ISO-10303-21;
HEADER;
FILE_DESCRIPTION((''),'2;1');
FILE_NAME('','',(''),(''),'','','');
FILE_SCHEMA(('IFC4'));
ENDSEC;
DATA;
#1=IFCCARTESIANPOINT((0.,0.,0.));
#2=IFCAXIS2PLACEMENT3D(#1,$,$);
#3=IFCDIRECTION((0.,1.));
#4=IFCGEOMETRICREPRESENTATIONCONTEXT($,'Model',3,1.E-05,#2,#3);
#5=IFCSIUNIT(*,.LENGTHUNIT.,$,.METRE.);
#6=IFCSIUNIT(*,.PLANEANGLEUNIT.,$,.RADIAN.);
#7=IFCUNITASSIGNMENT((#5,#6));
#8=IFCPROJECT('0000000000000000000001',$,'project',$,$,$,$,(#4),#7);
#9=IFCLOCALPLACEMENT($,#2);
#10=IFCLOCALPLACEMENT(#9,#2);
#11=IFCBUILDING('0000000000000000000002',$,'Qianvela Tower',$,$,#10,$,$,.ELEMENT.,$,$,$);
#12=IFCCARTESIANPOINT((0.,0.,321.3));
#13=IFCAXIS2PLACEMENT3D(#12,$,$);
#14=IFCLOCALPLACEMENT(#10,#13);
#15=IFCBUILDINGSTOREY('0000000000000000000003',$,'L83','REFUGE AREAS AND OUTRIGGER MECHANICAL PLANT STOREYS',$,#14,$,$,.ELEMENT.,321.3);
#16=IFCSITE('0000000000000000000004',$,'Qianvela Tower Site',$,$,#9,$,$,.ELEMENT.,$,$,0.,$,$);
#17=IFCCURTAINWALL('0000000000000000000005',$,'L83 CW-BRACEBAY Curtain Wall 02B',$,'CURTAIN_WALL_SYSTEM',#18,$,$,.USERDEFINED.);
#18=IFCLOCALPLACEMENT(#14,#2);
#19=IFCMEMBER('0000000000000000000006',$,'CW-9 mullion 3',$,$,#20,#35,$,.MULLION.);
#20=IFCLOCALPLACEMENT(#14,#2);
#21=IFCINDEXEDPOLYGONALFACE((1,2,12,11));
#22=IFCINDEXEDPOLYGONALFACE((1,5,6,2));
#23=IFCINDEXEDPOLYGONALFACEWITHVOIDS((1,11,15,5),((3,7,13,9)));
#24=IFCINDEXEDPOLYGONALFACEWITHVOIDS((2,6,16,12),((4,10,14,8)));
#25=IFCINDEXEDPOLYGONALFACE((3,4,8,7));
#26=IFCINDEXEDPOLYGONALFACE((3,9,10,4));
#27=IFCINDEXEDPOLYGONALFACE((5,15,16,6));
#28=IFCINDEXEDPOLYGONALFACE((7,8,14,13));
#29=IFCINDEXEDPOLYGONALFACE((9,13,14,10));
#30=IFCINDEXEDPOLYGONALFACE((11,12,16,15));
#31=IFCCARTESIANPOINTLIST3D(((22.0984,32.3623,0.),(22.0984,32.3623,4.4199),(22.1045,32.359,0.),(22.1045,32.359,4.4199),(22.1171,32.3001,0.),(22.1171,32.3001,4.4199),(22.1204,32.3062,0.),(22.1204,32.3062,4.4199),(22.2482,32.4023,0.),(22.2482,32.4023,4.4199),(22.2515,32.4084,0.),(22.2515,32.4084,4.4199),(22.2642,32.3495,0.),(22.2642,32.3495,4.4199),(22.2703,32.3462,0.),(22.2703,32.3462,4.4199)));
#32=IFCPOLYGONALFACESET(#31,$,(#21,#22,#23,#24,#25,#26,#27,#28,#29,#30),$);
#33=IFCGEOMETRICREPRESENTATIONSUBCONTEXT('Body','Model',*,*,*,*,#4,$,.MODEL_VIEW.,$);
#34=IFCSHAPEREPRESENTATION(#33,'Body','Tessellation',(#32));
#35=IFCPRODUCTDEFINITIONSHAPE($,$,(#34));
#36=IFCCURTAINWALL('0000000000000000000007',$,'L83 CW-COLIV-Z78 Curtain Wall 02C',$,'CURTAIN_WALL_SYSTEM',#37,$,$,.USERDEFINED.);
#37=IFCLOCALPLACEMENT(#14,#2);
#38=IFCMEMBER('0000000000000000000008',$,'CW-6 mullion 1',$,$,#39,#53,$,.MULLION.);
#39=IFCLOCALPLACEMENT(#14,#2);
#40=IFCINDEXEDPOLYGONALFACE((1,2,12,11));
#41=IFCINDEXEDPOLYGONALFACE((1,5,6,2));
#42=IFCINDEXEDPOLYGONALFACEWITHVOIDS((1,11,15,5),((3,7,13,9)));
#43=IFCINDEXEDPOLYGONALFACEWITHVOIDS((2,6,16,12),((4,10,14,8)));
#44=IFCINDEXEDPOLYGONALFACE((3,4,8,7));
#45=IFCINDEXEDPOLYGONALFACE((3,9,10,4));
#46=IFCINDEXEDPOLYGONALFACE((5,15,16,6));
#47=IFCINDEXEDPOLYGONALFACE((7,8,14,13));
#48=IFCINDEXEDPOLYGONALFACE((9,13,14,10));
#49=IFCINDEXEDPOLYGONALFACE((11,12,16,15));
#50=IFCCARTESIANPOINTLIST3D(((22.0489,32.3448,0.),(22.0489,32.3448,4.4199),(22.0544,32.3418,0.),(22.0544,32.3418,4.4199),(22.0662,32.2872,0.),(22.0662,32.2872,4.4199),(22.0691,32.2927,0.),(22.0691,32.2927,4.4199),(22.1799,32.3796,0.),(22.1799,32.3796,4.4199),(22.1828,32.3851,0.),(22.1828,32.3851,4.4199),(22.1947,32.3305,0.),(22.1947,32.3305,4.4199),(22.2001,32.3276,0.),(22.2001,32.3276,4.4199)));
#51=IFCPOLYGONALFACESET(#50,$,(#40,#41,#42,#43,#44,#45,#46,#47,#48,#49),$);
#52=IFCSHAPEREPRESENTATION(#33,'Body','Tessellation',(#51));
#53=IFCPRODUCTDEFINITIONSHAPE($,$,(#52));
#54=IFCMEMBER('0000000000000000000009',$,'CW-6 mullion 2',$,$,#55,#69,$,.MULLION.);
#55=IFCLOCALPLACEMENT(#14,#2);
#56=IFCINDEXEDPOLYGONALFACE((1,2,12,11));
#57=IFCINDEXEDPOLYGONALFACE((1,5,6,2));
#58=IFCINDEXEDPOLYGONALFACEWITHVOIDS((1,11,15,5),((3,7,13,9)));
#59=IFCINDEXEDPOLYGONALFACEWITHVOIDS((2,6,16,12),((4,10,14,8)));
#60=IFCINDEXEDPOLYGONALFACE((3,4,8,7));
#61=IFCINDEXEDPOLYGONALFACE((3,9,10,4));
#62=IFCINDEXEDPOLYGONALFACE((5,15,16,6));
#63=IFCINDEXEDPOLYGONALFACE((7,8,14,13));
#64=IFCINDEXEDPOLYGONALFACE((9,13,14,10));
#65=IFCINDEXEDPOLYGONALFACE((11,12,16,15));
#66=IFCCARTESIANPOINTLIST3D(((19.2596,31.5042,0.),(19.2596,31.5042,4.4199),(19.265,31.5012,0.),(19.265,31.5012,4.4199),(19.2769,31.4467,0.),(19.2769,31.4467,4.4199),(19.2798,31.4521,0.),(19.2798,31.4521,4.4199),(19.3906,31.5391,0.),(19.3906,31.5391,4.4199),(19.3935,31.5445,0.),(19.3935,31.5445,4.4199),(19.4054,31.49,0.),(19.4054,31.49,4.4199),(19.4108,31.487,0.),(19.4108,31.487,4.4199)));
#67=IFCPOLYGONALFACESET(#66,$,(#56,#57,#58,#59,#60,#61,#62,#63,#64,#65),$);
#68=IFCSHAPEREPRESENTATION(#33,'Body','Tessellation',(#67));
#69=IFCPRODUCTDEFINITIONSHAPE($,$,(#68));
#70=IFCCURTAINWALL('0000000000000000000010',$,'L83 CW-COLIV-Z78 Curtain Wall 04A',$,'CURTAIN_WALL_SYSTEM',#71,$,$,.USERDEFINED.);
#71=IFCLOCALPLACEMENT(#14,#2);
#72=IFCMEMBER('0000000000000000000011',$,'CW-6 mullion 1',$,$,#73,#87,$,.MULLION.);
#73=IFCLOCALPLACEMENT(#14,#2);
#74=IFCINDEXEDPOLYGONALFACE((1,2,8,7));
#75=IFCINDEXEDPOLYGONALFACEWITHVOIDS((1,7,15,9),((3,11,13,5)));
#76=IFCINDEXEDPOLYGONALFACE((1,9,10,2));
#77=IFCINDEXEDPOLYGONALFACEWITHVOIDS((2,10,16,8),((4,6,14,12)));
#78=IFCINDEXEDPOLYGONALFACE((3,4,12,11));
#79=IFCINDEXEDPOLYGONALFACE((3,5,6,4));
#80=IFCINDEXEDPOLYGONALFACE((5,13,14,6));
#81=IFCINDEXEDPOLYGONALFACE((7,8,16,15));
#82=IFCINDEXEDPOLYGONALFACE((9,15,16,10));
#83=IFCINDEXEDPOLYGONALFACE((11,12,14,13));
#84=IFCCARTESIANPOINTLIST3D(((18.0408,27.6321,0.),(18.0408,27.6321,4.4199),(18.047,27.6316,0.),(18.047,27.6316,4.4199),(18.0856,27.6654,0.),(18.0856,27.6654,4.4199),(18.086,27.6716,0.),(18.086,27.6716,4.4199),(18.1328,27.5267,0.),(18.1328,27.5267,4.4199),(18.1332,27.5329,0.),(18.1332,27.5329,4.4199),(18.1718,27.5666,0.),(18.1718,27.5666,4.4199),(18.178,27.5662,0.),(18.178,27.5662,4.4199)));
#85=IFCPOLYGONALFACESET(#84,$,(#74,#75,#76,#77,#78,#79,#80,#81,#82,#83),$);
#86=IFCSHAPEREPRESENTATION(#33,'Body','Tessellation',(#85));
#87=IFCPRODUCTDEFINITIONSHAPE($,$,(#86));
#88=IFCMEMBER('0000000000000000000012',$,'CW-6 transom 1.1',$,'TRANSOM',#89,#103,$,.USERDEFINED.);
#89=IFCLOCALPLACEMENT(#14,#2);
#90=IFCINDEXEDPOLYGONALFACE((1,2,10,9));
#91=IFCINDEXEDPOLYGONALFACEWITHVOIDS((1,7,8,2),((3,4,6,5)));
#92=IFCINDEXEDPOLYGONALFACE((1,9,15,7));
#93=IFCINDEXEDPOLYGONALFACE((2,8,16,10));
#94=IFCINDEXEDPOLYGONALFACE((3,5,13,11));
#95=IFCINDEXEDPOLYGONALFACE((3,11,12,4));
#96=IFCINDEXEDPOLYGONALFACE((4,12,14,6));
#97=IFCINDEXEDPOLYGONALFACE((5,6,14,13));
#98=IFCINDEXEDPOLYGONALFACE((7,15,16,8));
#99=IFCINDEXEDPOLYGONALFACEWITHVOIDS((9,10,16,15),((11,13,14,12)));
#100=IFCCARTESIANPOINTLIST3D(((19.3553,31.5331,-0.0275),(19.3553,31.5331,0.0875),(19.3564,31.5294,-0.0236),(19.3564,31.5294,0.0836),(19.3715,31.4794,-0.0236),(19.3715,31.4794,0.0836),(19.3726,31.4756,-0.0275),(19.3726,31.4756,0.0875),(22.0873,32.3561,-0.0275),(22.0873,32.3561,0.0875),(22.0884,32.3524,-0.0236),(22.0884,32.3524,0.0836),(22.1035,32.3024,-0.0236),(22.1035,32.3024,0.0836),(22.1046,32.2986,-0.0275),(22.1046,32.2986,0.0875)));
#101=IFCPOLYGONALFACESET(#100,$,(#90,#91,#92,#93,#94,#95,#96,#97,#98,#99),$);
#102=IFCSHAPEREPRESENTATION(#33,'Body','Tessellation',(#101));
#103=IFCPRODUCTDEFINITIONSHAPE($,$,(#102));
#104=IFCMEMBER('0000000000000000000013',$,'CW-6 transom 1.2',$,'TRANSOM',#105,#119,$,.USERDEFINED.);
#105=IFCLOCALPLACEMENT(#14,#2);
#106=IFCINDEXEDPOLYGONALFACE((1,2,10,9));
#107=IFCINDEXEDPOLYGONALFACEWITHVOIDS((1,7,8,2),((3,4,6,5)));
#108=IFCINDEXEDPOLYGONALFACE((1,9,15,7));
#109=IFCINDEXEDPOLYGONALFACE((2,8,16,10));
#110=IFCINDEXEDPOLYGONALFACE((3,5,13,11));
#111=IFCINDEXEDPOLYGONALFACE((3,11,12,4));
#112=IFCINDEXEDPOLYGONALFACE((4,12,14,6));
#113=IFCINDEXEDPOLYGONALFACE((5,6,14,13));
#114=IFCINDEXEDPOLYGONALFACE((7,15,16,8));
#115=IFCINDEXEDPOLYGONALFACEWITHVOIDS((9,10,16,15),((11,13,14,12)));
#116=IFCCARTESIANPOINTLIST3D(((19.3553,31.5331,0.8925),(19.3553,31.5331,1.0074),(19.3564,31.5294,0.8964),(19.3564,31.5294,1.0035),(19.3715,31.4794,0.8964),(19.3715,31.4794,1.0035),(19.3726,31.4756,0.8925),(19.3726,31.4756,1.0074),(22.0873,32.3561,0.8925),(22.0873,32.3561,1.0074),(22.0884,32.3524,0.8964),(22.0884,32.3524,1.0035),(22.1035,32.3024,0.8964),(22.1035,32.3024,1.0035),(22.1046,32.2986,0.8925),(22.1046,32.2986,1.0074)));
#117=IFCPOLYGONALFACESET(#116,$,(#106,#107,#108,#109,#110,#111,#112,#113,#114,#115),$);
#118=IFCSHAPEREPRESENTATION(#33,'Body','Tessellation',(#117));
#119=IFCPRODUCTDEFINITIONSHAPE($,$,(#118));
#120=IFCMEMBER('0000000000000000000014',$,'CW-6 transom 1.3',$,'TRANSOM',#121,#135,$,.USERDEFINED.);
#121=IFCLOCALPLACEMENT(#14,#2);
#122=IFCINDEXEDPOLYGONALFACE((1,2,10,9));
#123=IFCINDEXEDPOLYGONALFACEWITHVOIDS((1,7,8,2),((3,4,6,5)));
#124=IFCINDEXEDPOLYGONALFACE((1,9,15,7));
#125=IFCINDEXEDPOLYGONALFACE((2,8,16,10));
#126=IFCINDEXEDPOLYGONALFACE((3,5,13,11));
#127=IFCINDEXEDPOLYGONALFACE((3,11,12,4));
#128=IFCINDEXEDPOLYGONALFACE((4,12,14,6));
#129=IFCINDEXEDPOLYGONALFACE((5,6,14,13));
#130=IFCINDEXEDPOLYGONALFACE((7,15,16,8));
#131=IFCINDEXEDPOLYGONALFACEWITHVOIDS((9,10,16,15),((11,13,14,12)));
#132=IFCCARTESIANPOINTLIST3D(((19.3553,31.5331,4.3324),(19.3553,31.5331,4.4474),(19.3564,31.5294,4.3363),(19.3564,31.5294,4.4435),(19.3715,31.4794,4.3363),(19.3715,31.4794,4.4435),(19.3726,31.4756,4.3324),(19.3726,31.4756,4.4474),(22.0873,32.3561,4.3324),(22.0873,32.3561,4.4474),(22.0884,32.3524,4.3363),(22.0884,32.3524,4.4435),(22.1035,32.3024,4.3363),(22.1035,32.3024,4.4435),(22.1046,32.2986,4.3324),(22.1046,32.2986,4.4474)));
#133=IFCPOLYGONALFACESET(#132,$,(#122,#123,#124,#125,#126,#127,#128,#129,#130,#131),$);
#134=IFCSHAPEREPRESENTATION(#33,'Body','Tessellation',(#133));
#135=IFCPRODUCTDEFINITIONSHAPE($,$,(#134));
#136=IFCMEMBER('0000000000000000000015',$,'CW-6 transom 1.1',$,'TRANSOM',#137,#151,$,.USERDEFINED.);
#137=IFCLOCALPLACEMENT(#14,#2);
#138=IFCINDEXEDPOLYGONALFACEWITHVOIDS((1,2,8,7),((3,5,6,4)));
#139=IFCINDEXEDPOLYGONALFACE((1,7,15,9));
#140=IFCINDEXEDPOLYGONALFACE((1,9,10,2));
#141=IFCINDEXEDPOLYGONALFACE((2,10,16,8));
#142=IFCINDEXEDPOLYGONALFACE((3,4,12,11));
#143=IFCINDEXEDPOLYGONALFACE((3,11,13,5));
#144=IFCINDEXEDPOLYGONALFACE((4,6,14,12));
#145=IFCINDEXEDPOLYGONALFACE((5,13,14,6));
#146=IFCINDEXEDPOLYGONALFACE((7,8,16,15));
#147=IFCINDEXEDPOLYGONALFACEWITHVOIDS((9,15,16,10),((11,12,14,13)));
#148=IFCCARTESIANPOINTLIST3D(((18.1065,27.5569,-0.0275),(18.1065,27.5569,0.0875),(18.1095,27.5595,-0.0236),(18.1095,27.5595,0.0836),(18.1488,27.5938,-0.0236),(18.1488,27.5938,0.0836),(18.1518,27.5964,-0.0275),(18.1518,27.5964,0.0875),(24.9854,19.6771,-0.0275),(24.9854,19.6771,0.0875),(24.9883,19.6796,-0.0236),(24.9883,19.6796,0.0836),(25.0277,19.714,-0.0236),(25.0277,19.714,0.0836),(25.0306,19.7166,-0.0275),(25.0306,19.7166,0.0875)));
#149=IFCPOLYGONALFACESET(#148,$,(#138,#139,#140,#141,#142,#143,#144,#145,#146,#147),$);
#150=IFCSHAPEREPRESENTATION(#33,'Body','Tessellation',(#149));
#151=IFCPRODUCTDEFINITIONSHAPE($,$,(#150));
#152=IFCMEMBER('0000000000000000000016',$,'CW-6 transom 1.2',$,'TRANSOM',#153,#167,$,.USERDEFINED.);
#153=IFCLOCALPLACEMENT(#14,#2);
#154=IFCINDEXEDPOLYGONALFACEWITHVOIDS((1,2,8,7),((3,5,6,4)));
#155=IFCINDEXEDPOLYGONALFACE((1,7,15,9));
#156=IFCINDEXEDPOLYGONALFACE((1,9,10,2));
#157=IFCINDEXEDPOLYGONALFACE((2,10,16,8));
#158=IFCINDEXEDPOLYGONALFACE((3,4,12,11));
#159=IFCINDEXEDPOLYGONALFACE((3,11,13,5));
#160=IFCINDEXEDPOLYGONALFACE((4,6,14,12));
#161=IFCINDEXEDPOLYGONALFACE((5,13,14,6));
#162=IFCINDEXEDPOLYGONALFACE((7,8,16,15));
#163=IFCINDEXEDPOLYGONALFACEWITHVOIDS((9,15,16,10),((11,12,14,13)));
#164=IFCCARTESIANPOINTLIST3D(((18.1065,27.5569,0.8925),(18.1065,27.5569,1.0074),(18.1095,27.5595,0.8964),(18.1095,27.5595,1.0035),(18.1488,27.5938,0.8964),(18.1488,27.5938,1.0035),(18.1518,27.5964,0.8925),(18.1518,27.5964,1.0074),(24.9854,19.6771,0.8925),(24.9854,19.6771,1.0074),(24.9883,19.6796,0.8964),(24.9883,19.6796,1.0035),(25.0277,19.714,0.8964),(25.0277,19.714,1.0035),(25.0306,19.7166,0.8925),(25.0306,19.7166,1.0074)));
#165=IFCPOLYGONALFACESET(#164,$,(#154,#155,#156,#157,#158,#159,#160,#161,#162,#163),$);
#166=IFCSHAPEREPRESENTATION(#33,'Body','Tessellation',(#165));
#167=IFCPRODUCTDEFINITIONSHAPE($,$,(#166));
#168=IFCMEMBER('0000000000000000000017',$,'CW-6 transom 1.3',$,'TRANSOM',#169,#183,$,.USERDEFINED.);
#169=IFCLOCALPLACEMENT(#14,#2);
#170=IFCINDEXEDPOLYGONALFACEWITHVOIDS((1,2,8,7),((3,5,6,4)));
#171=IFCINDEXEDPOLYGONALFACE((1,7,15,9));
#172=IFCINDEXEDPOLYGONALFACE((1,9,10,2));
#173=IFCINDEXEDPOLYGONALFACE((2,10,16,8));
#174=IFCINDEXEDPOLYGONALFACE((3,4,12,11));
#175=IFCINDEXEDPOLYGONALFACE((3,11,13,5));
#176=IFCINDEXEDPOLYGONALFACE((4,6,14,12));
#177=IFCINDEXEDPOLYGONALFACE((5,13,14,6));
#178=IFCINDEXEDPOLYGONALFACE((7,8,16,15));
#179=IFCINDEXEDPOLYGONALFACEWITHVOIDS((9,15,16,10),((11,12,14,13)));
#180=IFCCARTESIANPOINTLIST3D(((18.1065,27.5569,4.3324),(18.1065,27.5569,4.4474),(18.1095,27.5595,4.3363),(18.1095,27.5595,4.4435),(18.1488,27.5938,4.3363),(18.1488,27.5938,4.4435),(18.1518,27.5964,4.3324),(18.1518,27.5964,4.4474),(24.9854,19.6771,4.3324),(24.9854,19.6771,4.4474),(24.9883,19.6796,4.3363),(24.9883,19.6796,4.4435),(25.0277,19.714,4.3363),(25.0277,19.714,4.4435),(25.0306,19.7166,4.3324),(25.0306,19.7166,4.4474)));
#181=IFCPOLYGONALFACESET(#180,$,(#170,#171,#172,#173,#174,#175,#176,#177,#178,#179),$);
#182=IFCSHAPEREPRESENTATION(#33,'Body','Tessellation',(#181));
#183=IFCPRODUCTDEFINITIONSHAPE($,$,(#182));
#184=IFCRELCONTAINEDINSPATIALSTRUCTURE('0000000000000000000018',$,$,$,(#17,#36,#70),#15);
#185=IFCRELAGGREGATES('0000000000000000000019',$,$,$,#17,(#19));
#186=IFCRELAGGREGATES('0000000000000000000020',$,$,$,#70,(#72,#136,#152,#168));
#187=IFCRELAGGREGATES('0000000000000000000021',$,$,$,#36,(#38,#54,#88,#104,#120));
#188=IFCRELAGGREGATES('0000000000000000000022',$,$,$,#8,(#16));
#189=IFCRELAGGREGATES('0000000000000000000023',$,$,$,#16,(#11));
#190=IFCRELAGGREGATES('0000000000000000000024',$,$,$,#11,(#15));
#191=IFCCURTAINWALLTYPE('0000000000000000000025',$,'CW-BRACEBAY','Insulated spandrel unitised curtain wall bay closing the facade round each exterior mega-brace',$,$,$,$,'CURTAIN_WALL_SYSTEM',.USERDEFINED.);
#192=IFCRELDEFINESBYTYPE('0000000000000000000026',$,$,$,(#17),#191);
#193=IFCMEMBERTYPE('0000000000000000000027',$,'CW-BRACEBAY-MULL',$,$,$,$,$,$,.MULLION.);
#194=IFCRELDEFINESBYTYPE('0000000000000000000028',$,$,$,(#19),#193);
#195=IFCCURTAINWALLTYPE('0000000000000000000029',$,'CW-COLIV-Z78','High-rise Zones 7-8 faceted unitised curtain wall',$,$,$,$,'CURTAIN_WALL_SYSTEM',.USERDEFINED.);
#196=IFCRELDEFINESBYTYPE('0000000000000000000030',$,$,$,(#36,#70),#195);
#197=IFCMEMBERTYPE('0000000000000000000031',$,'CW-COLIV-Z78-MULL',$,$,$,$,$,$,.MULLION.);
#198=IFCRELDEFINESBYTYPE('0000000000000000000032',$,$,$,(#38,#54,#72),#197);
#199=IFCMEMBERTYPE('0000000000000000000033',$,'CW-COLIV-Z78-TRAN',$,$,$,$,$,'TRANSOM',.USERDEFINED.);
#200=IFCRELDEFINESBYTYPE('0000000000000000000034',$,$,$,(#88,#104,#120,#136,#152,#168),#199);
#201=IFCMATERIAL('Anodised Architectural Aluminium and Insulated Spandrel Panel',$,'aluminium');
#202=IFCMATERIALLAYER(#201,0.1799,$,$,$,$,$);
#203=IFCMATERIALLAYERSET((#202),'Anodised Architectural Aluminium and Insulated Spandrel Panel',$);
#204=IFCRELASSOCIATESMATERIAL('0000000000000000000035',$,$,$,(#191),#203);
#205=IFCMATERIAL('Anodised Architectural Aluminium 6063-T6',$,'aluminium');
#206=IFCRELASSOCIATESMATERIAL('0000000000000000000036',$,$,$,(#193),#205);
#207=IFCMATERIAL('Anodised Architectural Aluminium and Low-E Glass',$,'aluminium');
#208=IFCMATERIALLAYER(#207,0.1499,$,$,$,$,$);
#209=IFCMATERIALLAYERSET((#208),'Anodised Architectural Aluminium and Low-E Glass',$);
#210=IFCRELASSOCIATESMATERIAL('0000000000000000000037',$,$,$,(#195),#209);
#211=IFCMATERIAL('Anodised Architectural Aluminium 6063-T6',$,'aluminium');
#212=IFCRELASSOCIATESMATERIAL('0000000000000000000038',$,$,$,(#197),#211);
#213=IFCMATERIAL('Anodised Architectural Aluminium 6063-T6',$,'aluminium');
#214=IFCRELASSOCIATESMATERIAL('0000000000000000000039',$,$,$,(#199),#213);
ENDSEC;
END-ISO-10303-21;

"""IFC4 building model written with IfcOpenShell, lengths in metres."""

from ifc_helpers import new_model, si_unit, direction, frame, origin, origin_2d, place, context, subcontext, project, spatial, hollow_rectangle, extrude, material, layer, layer_set, material_profile, profile_set, type_object, element, aggregate, save


model = new_model("IFC4")

# Units and contexts
model_context = context("Model", 3, precision=1e-05, world=origin(), true_north=direction((0.0, 1.0)))
body_context = subcontext(model_context, "Body", "Model", "MODEL_VIEW")
ifc_project = project(units=[si_unit("LENGTHUNIT", "METRE"), si_unit("PLANEANGLEUNIT", "RADIAN")], contexts=[model_context])

# Site, building, storey
site_placement = place(None, origin())
site = spatial("IfcSite", under=ifc_project, at=site_placement, Name="Qianvela Tower Site", CompositionType="ELEMENT", RefElevation=0.0)
building_placement = place(site_placement, origin())
building = spatial("IfcBuilding", under=site, at=building_placement, Name="Qianvela Tower", CompositionType="ELEMENT")
storey_placement = place(building_placement, frame((0.0, 0.0, 321.3)))
storey = spatial("IfcBuildingStorey", under=building, at=storey_placement, Name="L83", Description="REFUGE AREAS AND OUTRIGGER MECHANICAL PLANT STOREYS", CompositionType="ELEMENT", Elevation=321.3)

# Curtain wall, member
ifc_material_1 = material(Name="Anodised Architectural Aluminium and Insulated Spandrel Panel", Category="aluminium")
ifc_layer_1 = layer(ifc_material_1, 0.1799)
ifc_layer_set_1 = layer_set([ifc_layer_1], Name="Anodised Architectural Aluminium and Insulated Spandrel Panel")
curtain_wall_type_1 = type_object("IfcCurtainWallType", Name="CW-BRACEBAY", Description="Insulated spandrel unitised curtain wall bay closing the facade round each exterior mega-brace", ElementType="CURTAIN_WALL_SYSTEM", PredefinedType="USERDEFINED", material=ifc_layer_set_1)
curtain_wall_1_placement = place(storey_placement, origin())
curtain_wall_1 = element("IfcCurtainWall", 1, at=curtain_wall_1_placement, inside=storey, type_object=curtain_wall_type_1, Name="L83 CW-BRACEBAY Curtain Wall 02B", ObjectType="CURTAIN_WALL_SYSTEM", PredefinedType="USERDEFINED")
ifc_material_2 = material(Name="Anodised Architectural Aluminium 6063-T6", Category="aluminium")
ifc_material_profile_1 = material_profile(ifc_material_2, hollow_rectangle(XDim=0.0649, YDim=0.1599, WallThickness=0.0049, at=origin_2d()), Name="ALU-MULL-65x160")
ifc_profile_set_1 = profile_set([ifc_material_profile_1], Name="Anodised Architectural Aluminium 6063-T6")
member_type_1 = type_object("IfcMemberType", Name="CW-BRACEBAY-MULL", PredefinedType="MULLION", material=ifc_profile_set_1)
member_1_placement = place(storey_placement, frame((22.1843, 32.3542, 0.0), z_axis=(0.0, 0.0, 1.0), x_axis=(0.288477, -0.957487, 0.0)))
member_1 = element("IfcMember", 2, at=member_1_placement, type_object=member_type_1, Name="CW-9 mullion 3", PredefinedType="MULLION", context=body_context, shape_type="SweptSolid", body=[
    extrude(hollow_rectangle(XDim=0.0649, YDim=0.1599, WallThickness=0.0049, at=origin_2d()), origin(), (0.0, 0.0, 1.0), 4.4199),
])
aggregate(curtain_wall_1, [member_1])

# Curtain wall, members
ifc_material_3 = material(Name="Anodised Architectural Aluminium and Low-E Glass", Category="aluminium")
ifc_layer_2 = layer(ifc_material_3, 0.1499)
ifc_layer_set_2 = layer_set([ifc_layer_2], Name="Anodised Architectural Aluminium and Low-E Glass")
curtain_wall_type_2 = type_object("IfcCurtainWallType", Name="CW-COLIV-Z78", Description="High-rise Zones 7-8 faceted unitised curtain wall", ElementType="CURTAIN_WALL_SYSTEM", PredefinedType="USERDEFINED", material=ifc_layer_set_2)
curtain_wall_2_placement = place(storey_placement, origin())
curtain_wall_2 = element("IfcCurtainWall", 3, at=curtain_wall_2_placement, inside=storey, type_object=curtain_wall_type_2, Name="L83 CW-COLIV-Z78 Curtain Wall 02C", ObjectType="CURTAIN_WALL_SYSTEM", PredefinedType="USERDEFINED")
ifc_material_4 = material(Name="Anodised Architectural Aluminium 6063-T6", Category="aluminium")
ifc_material_profile_2 = material_profile(ifc_material_4, hollow_rectangle(XDim=0.0601, YDim=0.1399, WallThickness=0.0044, at=origin_2d()), Name="ALU-MULL-60x140")
ifc_profile_set_2 = profile_set([ifc_material_profile_2], Name="Anodised Architectural Aluminium 6063-T6")
member_type_2 = type_object("IfcMemberType", Name="CW-COLIV-Z78-MULL", PredefinedType="MULLION", material=ifc_profile_set_2)
member_2_placement = place(storey_placement, frame((22.1245, 32.3362, 0.0), z_axis=(0.0, 0.0, 1.0), x_axis=(0.288508, -0.957478, 0.0)))
member_2 = element("IfcMember", 4, at=member_2_placement, type_object=member_type_2, Name="CW-6 mullion 1", PredefinedType="MULLION", context=body_context, shape_type="SweptSolid", body=[
    extrude(hollow_rectangle(XDim=0.0601, YDim=0.1399, WallThickness=0.0044, at=origin_2d()), origin(), (0.0, 0.0, 1.0), 4.4199),
])
member_3_placement = place(storey_placement, frame((19.3352, 31.4956, 0.0), z_axis=(0.0, 0.0, 1.0), x_axis=(0.288508, -0.957478, 0.0)))
member_3 = element("IfcMember", 5, at=member_3_placement, type_object=member_type_2, Name="CW-6 mullion 2", PredefinedType="MULLION", context=body_context, shape_type="SweptSolid", body=[
    extrude(hollow_rectangle(XDim=0.0601, YDim=0.1399, WallThickness=0.0044, at=origin_2d()), origin(), (0.0, 0.0, 1.0), 4.4199),
])

# Curtain wall, member
curtain_wall_3_placement = place(storey_placement, origin())
curtain_wall_3 = element("IfcCurtainWall", 6, at=curtain_wall_3_placement, inside=storey, type_object=curtain_wall_type_2, Name="L83 CW-COLIV-Z78 Curtain Wall 04A", ObjectType="CURTAIN_WALL_SYSTEM", PredefinedType="USERDEFINED")
member_4_placement = place(storey_placement, frame((18.1094, 27.5991, 0.0), z_axis=(0.0, 0.0, 1.0), x_axis=(0.753332, 0.657641, 0.0)))
member_4 = element("IfcMember", 7, at=member_4_placement, type_object=member_type_2, Name="CW-6 mullion 1", PredefinedType="MULLION", context=body_context, shape_type="SweptSolid", body=[
    extrude(hollow_rectangle(XDim=0.0601, YDim=0.1399, WallThickness=0.0044, at=origin_2d()), origin(), (0.0, 0.0, 1.0), 4.4199),
])

# Members
ifc_material_5 = material(Name="Anodised Architectural Aluminium 6063-T6", Category="aluminium")
ifc_material_profile_3 = material_profile(ifc_material_5, hollow_rectangle(XDim=0.0601, YDim=0.115, WallThickness=0.0039, at=origin_2d()), Name="ALU-TRAN-60x115")
ifc_profile_set_3 = profile_set([ifc_material_profile_3], Name="Anodised Architectural Aluminium 6063-T6")
member_type_3 = type_object("IfcMemberType", Name="CW-COLIV-Z78-TRAN", ElementType="TRANSOM", PredefinedType="USERDEFINED", material=ifc_profile_set_3)
member_5_placement = place(storey_placement, frame((22.0959, 32.3274, 0.03), z_axis=(-0.957496, -0.288447, 0.0), x_axis=(0.288447, -0.957496, 0.0)))
member_5 = element("IfcMember", 8, at=member_5_placement, type_object=member_type_3, Name="CW-6 transom 1.1", ObjectType="TRANSOM", PredefinedType="USERDEFINED", context=body_context, shape_type="SweptSolid", body=[
    extrude(hollow_rectangle(XDim=0.0601, YDim=0.115, WallThickness=0.0039, at=origin_2d()), origin(), (0.0, 0.0, 1.0), 2.8533),
])
member_6_placement = place(storey_placement, frame((22.0959, 32.3274, 0.95), z_axis=(-0.957496, -0.288447, 0.0), x_axis=(0.288447, -0.957496, 0.0)))
member_6 = element("IfcMember", 9, at=member_6_placement, type_object=member_type_3, Name="CW-6 transom 1.2", ObjectType="TRANSOM", PredefinedType="USERDEFINED", context=body_context, shape_type="SweptSolid", body=[
    extrude(hollow_rectangle(XDim=0.0601, YDim=0.115, WallThickness=0.0039, at=origin_2d()), origin(), (0.0, 0.0, 1.0), 2.8533),
])
member_7_placement = place(storey_placement, frame((22.0959, 32.3274, 4.3899), z_axis=(-0.957496, -0.288447, 0.0), x_axis=(0.288447, -0.957496, 0.0)))
member_7 = element("IfcMember", 10, at=member_7_placement, type_object=member_type_3, Name="CW-6 transom 1.3", ObjectType="TRANSOM", PredefinedType="USERDEFINED", context=body_context, shape_type="SweptSolid", body=[
    extrude(hollow_rectangle(XDim=0.0601, YDim=0.115, WallThickness=0.0039, at=origin_2d()), origin(), (0.0, 0.0, 1.0), 2.8533),
])
member_8_placement = place(storey_placement, frame((18.1292, 27.5767, 0.03), z_axis=(0.657638, -0.753334, 0.0), x_axis=(0.753334, 0.657638, 0.0)))
member_8 = element("IfcMember", 11, at=member_8_placement, type_object=member_type_3, Name="CW-6 transom 1.1", ObjectType="TRANSOM", PredefinedType="USERDEFINED", context=body_context, shape_type="SweptSolid", body=[
    extrude(hollow_rectangle(XDim=0.0601, YDim=0.115, WallThickness=0.0039, at=origin_2d()), origin(), (0.0, 0.0, 1.0), 10.46),
])
member_9_placement = place(storey_placement, frame((18.1292, 27.5767, 0.95), z_axis=(0.657638, -0.753334, 0.0), x_axis=(0.753334, 0.657638, 0.0)))
member_9 = element("IfcMember", 12, at=member_9_placement, type_object=member_type_3, Name="CW-6 transom 1.2", ObjectType="TRANSOM", PredefinedType="USERDEFINED", context=body_context, shape_type="SweptSolid", body=[
    extrude(hollow_rectangle(XDim=0.0601, YDim=0.115, WallThickness=0.0039, at=origin_2d()), origin(), (0.0, 0.0, 1.0), 10.46),
])
member_10_placement = place(storey_placement, frame((18.1292, 27.5767, 4.3899), z_axis=(0.657638, -0.753334, 0.0), x_axis=(0.753334, 0.657638, 0.0)))
member_10 = element("IfcMember", 13, at=member_10_placement, type_object=member_type_3, Name="CW-6 transom 1.3", ObjectType="TRANSOM", PredefinedType="USERDEFINED", context=body_context, shape_type="SweptSolid", body=[
    extrude(hollow_rectangle(XDim=0.0601, YDim=0.115, WallThickness=0.0039, at=origin_2d()), origin(), (0.0, 0.0, 1.0), 10.46),
])
aggregate(curtain_wall_3, [member_4, member_8, member_9, member_10])

aggregate(curtain_wall_2, [member_2, member_3, member_5, member_6, member_7])

save(model, "model.ifc")
